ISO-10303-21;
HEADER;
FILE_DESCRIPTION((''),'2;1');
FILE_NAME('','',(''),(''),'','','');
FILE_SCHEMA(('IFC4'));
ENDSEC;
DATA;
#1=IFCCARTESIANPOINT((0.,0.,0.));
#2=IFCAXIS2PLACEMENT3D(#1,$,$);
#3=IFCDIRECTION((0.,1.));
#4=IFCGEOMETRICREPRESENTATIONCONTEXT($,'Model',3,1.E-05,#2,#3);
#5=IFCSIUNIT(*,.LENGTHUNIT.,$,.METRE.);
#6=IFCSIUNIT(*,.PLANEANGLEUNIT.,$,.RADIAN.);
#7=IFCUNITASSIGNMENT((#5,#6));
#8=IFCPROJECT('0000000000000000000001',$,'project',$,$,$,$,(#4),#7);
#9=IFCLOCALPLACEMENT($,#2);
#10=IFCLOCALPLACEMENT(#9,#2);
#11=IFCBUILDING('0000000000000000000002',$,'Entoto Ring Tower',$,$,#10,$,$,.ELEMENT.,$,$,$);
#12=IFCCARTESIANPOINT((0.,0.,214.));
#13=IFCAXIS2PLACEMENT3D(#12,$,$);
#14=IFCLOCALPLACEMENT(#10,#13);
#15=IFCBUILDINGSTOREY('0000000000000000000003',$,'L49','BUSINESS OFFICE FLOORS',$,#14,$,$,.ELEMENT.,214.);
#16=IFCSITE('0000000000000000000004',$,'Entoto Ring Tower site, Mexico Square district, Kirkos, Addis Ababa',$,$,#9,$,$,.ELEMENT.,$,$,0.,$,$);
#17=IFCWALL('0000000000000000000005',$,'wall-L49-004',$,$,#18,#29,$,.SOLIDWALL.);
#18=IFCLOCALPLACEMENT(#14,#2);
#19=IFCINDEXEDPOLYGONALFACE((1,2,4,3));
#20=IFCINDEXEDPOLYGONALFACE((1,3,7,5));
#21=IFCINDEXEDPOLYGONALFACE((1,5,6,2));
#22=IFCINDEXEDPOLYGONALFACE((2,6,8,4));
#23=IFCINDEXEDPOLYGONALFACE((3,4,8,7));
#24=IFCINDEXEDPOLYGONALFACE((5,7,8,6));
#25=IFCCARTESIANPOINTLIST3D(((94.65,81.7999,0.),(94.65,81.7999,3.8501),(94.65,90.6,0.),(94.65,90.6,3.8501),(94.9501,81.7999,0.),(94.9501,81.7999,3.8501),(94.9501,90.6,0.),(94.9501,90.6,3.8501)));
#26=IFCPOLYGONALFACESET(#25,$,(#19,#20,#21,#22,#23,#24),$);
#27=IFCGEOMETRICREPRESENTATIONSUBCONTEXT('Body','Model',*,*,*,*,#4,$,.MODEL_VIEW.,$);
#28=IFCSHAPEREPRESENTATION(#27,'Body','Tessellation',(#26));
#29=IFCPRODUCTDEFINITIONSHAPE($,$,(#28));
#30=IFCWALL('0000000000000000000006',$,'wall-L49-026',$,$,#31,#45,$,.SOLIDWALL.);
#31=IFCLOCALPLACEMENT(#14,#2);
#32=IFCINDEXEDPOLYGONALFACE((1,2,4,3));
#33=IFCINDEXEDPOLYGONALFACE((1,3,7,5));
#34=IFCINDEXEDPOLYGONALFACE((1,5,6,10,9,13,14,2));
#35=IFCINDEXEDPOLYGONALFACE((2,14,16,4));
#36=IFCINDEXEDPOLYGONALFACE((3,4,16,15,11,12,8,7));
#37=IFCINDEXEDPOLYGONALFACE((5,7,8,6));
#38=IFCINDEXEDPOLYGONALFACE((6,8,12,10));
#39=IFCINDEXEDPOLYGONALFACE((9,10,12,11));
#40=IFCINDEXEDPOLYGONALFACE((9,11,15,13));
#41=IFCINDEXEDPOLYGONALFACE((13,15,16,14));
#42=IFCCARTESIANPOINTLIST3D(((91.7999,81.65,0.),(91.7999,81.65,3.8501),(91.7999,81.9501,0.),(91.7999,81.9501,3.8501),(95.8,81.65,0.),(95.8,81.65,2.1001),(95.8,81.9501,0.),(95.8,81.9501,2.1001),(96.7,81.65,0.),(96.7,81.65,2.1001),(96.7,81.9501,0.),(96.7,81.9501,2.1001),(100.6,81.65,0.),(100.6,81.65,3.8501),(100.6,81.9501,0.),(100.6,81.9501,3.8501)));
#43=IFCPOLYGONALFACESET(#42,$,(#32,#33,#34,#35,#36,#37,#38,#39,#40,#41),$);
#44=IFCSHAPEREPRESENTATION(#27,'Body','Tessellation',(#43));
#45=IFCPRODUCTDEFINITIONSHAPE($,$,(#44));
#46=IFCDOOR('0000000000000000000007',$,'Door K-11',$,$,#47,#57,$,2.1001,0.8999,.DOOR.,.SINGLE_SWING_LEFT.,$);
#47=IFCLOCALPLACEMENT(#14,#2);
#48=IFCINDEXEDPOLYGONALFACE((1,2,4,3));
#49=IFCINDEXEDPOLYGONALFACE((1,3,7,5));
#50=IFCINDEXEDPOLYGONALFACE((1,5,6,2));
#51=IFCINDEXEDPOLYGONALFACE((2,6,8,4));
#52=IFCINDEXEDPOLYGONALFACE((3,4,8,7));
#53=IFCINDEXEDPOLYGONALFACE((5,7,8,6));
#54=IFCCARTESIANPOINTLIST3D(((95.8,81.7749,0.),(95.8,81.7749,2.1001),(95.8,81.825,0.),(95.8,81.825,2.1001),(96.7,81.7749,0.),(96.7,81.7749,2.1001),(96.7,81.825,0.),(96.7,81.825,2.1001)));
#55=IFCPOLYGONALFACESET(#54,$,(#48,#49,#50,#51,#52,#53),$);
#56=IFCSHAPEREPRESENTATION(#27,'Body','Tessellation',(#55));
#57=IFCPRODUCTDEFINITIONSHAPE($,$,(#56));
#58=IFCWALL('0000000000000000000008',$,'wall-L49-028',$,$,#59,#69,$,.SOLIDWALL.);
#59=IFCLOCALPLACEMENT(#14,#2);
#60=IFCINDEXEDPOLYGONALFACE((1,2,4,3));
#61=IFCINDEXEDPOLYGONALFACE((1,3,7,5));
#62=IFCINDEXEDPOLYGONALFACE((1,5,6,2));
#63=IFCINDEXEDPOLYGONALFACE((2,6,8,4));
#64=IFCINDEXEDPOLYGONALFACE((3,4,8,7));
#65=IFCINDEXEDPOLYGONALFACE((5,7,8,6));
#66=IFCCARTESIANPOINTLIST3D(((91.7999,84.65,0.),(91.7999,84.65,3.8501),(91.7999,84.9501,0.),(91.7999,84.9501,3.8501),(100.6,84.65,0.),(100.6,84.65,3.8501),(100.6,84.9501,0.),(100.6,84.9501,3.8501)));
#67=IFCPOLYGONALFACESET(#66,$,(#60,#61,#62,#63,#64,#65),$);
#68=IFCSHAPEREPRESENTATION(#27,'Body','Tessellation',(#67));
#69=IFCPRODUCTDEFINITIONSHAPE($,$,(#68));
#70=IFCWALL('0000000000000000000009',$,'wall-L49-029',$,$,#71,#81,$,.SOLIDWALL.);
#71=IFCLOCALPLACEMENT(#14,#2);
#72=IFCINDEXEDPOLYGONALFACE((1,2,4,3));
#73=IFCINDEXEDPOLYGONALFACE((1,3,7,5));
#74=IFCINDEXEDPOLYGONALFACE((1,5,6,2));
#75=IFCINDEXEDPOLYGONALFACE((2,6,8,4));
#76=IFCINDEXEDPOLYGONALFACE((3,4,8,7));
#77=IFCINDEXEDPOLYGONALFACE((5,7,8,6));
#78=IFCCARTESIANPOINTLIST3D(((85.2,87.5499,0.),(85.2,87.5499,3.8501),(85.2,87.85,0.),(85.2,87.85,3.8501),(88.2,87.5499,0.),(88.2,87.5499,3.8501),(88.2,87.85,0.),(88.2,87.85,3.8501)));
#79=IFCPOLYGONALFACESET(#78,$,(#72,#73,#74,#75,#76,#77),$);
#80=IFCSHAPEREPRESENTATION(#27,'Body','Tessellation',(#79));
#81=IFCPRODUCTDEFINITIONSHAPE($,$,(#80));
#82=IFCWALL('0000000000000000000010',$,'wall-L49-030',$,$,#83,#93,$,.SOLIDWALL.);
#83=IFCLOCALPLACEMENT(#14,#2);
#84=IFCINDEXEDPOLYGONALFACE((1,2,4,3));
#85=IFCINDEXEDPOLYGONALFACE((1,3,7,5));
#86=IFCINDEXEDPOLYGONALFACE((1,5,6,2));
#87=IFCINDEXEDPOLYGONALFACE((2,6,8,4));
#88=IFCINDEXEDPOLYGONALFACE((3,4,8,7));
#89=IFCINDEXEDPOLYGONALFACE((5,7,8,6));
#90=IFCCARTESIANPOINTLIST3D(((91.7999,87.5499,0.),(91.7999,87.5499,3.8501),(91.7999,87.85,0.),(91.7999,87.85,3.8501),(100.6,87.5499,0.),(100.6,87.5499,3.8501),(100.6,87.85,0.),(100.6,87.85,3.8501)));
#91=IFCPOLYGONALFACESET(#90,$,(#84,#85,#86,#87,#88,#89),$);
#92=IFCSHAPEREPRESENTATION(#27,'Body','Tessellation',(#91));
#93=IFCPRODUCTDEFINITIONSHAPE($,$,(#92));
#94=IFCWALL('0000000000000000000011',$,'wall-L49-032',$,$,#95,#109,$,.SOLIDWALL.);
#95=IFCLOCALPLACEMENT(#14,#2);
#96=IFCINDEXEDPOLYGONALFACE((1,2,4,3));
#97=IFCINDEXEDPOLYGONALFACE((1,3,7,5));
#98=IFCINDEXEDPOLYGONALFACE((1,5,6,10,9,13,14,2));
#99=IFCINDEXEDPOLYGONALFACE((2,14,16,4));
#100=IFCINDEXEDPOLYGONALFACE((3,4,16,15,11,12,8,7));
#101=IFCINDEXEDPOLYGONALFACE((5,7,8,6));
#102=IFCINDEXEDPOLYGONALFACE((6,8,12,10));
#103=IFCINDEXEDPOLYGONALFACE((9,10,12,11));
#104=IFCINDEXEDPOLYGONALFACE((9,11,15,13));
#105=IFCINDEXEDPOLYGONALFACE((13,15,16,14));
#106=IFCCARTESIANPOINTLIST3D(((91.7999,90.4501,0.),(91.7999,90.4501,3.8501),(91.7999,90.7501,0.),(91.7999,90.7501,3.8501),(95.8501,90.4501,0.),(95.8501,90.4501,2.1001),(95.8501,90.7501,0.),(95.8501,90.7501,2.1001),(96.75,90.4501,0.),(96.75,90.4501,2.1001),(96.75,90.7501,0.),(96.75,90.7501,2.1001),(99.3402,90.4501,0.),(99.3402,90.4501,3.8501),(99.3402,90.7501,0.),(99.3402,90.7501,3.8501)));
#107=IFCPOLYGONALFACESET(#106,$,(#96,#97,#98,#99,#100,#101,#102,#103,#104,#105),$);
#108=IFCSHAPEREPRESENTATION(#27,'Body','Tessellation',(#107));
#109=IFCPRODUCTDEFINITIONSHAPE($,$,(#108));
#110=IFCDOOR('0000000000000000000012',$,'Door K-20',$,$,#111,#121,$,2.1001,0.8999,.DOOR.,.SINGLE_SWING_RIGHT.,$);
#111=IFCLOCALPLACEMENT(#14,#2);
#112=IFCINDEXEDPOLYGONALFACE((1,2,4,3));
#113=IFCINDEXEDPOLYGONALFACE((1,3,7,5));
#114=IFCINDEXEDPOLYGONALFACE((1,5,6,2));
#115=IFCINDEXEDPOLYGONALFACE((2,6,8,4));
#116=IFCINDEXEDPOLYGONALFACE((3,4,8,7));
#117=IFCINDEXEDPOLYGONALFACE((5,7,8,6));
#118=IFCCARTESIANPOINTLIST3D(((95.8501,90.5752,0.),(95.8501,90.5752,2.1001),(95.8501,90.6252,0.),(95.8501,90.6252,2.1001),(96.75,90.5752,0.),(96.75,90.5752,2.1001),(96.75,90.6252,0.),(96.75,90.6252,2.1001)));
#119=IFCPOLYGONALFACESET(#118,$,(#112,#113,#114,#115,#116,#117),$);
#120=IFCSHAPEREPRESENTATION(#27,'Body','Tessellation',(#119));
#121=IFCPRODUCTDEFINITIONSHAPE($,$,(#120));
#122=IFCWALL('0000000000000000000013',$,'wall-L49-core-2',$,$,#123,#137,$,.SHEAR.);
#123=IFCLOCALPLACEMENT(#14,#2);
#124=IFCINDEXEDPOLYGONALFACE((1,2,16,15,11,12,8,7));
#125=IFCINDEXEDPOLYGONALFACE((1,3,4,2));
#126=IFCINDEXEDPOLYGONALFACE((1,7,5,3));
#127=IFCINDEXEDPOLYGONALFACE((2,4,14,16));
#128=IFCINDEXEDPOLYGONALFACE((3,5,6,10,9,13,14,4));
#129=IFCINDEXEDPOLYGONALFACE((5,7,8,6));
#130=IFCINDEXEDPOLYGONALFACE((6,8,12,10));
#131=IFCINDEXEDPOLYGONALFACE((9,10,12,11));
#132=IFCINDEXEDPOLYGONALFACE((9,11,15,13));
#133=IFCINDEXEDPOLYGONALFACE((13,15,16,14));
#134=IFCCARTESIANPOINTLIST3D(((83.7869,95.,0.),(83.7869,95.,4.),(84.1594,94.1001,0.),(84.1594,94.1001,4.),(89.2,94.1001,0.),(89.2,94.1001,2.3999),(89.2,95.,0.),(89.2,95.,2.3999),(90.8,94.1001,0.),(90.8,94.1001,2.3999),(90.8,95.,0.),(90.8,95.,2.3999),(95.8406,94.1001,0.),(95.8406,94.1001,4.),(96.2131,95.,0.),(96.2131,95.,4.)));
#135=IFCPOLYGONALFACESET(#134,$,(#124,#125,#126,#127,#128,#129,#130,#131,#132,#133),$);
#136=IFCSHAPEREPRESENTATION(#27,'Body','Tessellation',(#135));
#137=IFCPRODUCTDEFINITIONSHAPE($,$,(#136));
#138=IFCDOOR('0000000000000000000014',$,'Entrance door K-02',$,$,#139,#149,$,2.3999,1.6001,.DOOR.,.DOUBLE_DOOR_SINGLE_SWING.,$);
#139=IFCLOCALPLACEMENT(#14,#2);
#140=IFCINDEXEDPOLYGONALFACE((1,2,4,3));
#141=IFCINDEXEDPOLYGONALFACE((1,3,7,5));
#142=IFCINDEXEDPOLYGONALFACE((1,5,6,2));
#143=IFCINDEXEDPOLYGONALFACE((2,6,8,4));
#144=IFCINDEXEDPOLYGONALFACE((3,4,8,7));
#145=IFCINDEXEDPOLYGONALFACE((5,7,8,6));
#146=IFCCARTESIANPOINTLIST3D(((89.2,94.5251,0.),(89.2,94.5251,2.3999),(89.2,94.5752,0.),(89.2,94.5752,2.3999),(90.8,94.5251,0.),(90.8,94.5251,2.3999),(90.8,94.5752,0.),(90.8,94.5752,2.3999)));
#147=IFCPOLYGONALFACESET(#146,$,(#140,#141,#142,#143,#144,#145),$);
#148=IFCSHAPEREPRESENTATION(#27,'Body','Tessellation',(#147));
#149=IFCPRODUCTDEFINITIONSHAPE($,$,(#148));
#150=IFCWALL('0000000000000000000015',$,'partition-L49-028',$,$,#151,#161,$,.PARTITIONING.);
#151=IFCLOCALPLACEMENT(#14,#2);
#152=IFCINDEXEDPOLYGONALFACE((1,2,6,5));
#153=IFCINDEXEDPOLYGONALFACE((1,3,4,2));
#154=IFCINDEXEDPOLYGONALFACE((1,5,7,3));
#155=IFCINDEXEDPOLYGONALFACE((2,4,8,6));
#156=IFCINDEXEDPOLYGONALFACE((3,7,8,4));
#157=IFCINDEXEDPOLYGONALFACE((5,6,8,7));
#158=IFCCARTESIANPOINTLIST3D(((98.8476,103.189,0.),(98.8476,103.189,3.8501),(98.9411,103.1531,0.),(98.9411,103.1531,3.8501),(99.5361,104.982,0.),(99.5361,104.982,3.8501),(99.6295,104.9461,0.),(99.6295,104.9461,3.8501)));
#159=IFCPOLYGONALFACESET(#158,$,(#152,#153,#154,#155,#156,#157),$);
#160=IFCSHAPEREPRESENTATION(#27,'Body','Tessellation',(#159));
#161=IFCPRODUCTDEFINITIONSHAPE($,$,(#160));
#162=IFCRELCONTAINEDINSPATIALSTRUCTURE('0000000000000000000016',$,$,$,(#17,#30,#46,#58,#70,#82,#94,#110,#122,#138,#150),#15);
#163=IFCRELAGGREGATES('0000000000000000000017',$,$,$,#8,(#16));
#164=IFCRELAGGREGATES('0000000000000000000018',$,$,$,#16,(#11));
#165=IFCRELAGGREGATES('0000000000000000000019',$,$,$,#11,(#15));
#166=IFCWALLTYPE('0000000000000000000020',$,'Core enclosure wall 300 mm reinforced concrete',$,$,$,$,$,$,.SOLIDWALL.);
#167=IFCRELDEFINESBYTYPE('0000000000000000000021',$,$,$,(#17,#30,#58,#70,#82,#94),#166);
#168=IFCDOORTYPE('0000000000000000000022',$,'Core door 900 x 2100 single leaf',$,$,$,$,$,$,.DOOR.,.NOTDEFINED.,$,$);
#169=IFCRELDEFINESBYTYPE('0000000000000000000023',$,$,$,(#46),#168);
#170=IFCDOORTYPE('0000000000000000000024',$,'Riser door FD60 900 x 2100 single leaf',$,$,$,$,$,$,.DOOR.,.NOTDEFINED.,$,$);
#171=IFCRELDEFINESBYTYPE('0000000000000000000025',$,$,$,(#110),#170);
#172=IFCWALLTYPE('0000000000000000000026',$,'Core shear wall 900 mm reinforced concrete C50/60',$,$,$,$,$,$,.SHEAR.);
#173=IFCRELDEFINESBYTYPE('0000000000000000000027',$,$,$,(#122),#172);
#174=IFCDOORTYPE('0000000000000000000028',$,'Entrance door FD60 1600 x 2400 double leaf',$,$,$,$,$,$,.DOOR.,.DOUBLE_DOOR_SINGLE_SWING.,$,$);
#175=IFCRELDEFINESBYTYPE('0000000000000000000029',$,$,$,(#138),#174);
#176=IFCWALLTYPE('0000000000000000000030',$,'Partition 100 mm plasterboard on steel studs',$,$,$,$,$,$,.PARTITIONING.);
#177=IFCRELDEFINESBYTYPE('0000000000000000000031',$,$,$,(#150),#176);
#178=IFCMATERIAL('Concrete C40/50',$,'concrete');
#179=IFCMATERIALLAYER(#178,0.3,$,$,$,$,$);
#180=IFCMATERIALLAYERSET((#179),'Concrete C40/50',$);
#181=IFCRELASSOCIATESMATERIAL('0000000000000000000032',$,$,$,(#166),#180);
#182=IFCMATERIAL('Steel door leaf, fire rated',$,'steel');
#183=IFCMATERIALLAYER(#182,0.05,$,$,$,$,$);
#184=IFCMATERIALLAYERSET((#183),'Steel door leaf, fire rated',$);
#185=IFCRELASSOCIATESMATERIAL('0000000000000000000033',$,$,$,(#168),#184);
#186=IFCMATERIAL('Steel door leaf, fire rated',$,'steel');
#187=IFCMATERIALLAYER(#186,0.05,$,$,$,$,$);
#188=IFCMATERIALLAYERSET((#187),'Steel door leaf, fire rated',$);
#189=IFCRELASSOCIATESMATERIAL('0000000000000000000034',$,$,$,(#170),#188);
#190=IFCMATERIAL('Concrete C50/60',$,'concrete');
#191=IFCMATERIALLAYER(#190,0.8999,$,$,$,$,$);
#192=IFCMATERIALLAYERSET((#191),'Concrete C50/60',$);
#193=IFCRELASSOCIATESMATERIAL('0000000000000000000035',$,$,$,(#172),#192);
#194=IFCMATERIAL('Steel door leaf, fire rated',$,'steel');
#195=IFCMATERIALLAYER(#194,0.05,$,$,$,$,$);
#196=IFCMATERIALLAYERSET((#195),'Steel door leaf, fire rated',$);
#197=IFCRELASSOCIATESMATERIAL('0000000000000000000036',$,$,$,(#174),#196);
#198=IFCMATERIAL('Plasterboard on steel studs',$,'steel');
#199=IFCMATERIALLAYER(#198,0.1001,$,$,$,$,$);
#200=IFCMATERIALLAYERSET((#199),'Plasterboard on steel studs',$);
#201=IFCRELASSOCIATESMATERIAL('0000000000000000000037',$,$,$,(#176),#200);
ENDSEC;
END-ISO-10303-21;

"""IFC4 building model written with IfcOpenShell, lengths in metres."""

from ifc_helpers import new_model, si_unit, direction, frame, frame_2d, origin, place, context, subcontext, project, spatial, polyline, rectangle, outline, extrude, material, layer, layer_set, type_object, element, fill, save


model = new_model("IFC4")

# Units and contexts
model_context = context("Model", 3, precision=1e-05, world=origin(), true_north=direction((0.0, 1.0)))
body_context = subcontext(model_context, "Body", "Model", "MODEL_VIEW")
ifc_project = project(units=[si_unit("LENGTHUNIT", "METRE"), si_unit("PLANEANGLEUNIT", "RADIAN")], contexts=[model_context])

# Site, building, storey
site_placement = place(None, origin())
site = spatial("IfcSite", under=ifc_project, at=site_placement, Name="Entoto Ring Tower site, Mexico Square district, Kirkos, Addis Ababa", CompositionType="ELEMENT", RefElevation=0.0)
building_placement = place(site_placement, origin())
building = spatial("IfcBuilding", under=site, at=building_placement, Name="Entoto Ring Tower", CompositionType="ELEMENT")
storey_placement = place(building_placement, frame((0.0, 0.0, 214.0)))
storey = spatial("IfcBuildingStorey", under=building, at=storey_placement, Name="L49", Description="BUSINESS OFFICE FLOORS", CompositionType="ELEMENT", Elevation=214.0)

# Wall
ifc_material_1 = material(Name="Concrete C40/50", Category="concrete")
ifc_layer_1 = layer(ifc_material_1, 0.3)
ifc_layer_set_1 = layer_set([ifc_layer_1], Name="Concrete C40/50")
wall_type_1 = type_object("IfcWallType", Name="Core enclosure wall 300 mm reinforced concrete", PredefinedType="SOLIDWALL", material=ifc_layer_set_1)
wall_1_placement = place(storey_placement, frame((94.8, 81.8, 0.0), z_axis=(0.0, 0.0, 1.0), x_axis=(0.0, 1.0, 0.0)))
element("IfcWall", 1, at=wall_1_placement, inside=storey, type_object=wall_type_1, Name="wall-L49-004", PredefinedType="SOLIDWALL", context=body_context, shape_type="SweptSolid", body=[
    extrude(rectangle(XDim=8.8, YDim=0.3, at=frame_2d((4.3999, 0.0))), origin(), (0.0, 0.0, 1.0), 3.8501),
])

# Wall, opening, door
wall_2_placement = place(storey_placement, frame((91.8, 81.8, 0.0), z_axis=(0.0, 0.0, 1.0), x_axis=(1.0, 0.0, 0.0)))
wall_2 = element("IfcWall", 2, at=wall_2_placement, inside=storey, type_object=wall_type_1, Name="wall-L49-026", PredefinedType="SOLIDWALL", context=body_context, shape_type="SweptSolid", body=[
    extrude(rectangle(XDim=8.8, YDim=0.3, at=frame_2d((4.3999, 0.0))), origin(), (0.0, 0.0, 1.0), 3.8501),
])
opening_1_placement = place(wall_2_placement, frame((4.0, 0.0, 0.0)))
opening_1 = element("IfcOpeningElement", 3, at=opening_1_placement, cuts=wall_2, PredefinedType="OPENING", context=body_context, shape_type="SweptSolid", body=[
    extrude(rectangle(XDim=0.8999, YDim=2.1001, at=frame_2d((0.45, 1.05))), frame((0.0, 0.1602, 0.0), z_axis=(0.0, -1.0, 0.0), x_axis=(1.0, 0.0, 0.0)), (0.0, 0.0, 1.0), 0.3201),
])
ifc_material_2 = material(Name="Steel door leaf, fire rated", Category="steel")
ifc_layer_2 = layer(ifc_material_2, 0.05)
ifc_layer_set_2 = layer_set([ifc_layer_2], Name="Steel door leaf, fire rated")
door_type_1 = type_object("IfcDoorType", Name="Core door 900 x 2100 single leaf", OperationType="NOTDEFINED", PredefinedType="DOOR", material=ifc_layer_set_2)
door_1_placement = place(opening_1_placement, origin())
door_1 = element("IfcDoor", 4, at=door_1_placement, inside=storey, type_object=door_type_1, Name="Door K-11", OperationType="SINGLE_SWING_LEFT", OverallHeight=2.1001, OverallWidth=0.8999, PredefinedType="DOOR", context=body_context, shape_type="SweptSolid", body=[
    extrude(rectangle(XDim=0.8999, YDim=2.1001, at=frame_2d((0.45, 1.05))), frame((0.0, 0.0249, 0.0), z_axis=(0.0, -1.0, 0.0), x_axis=(1.0, 0.0, 0.0)), (0.0, 0.0, 1.0), 0.05),
])
fill(opening_1, door_1)

# Walls
wall_3_placement = place(storey_placement, frame((91.8, 84.8, 0.0), z_axis=(0.0, 0.0, 1.0), x_axis=(1.0, 0.0, 0.0)))
element("IfcWall", 5, at=wall_3_placement, inside=storey, type_object=wall_type_1, Name="wall-L49-028", PredefinedType="SOLIDWALL", context=body_context, shape_type="SweptSolid", body=[
    extrude(rectangle(XDim=8.8, YDim=0.3, at=frame_2d((4.3999, 0.0))), origin(), (0.0, 0.0, 1.0), 3.8501),
])
wall_4_placement = place(storey_placement, frame((85.2, 87.7, 0.0), z_axis=(0.0, 0.0, 1.0), x_axis=(1.0, 0.0, 0.0)))
element("IfcWall", 6, at=wall_4_placement, inside=storey, type_object=wall_type_1, Name="wall-L49-029", PredefinedType="SOLIDWALL", context=body_context, shape_type="SweptSolid", body=[
    extrude(rectangle(XDim=3.0, YDim=0.3, at=frame_2d((1.5, 0.0))), origin(), (0.0, 0.0, 1.0), 3.8501),
])
wall_5_placement = place(storey_placement, frame((91.8, 87.7, 0.0), z_axis=(0.0, 0.0, 1.0), x_axis=(1.0, 0.0, 0.0)))
element("IfcWall", 7, at=wall_5_placement, inside=storey, type_object=wall_type_1, Name="wall-L49-030", PredefinedType="SOLIDWALL", context=body_context, shape_type="SweptSolid", body=[
    extrude(rectangle(XDim=8.8, YDim=0.3, at=frame_2d((4.3999, 0.0))), origin(), (0.0, 0.0, 1.0), 3.8501),
])

# Walls, openings, doors
wall_6_placement = place(storey_placement, frame((91.8, 90.6001, 0.0), z_axis=(0.0, 0.0, 1.0), x_axis=(1.0, 0.0, 0.0)))
wall_6 = element("IfcWall", 8, at=wall_6_placement, inside=storey, type_object=wall_type_1, Name="wall-L49-032", PredefinedType="SOLIDWALL", context=body_context, shape_type="SweptSolid", body=[
    extrude(rectangle(XDim=7.5403, YDim=0.3, at=frame_2d((3.77, 0.0))), origin(), (0.0, 0.0, 1.0), 3.8501),
])
opening_2_placement = place(wall_6_placement, frame((4.05, 0.0, 0.0)))
opening_2 = element("IfcOpeningElement", 9, at=opening_2_placement, cuts=wall_6, PredefinedType="OPENING", context=body_context, shape_type="SweptSolid", body=[
    extrude(rectangle(XDim=0.8999, YDim=2.1001, at=frame_2d((0.45, 1.05))), frame((0.0, 0.1602, 0.0), z_axis=(0.0, -1.0, 0.0), x_axis=(1.0, 0.0, 0.0)), (0.0, 0.0, 1.0), 0.3201),
])
ifc_material_3 = material(Name="Steel door leaf, fire rated", Category="steel")
ifc_layer_3 = layer(ifc_material_3, 0.05)
ifc_layer_set_3 = layer_set([ifc_layer_3], Name="Steel door leaf, fire rated")
door_type_2 = type_object("IfcDoorType", Name="Riser door FD60 900 x 2100 single leaf", OperationType="NOTDEFINED", PredefinedType="DOOR", material=ifc_layer_set_3)
door_2_placement = place(opening_2_placement, frame((0.8999, 0.0, 0.0), z_axis=(0.0, 0.0, 1.0), x_axis=(-1.0, 0.0, 0.0)))
door_2 = element("IfcDoor", 10, at=door_2_placement, inside=storey, type_object=door_type_2, Name="Door K-20", OperationType="SINGLE_SWING_RIGHT", OverallHeight=2.1001, OverallWidth=0.8999, PredefinedType="DOOR", context=body_context, shape_type="SweptSolid", body=[
    extrude(rectangle(XDim=0.8999, YDim=2.1001, at=frame_2d((0.45, 1.05))), frame((0.0, 0.0249, 0.0), z_axis=(0.0, -1.0, 0.0), x_axis=(1.0, 0.0, 0.0)), (0.0, 0.0, 1.0), 0.05),
])
fill(opening_2, door_2)
ifc_material_4 = material(Name="Concrete C50/60", Category="concrete")
ifc_layer_4 = layer(ifc_material_4, 0.8999)
ifc_layer_set_4 = layer_set([ifc_layer_4], Name="Concrete C50/60")
wall_type_2 = type_object("IfcWallType", Name="Core shear wall 900 mm reinforced concrete C50/60", PredefinedType="SHEAR", material=ifc_layer_set_4)
wall_7_placement = place(storey_placement, frame((96.0269, 94.55, 0.0), z_axis=(0.0, 0.0, 1.0), x_axis=(-1.0, 0.0, 0.0)))
wall_7 = element("IfcWall", 11, at=wall_7_placement, inside=storey, type_object=wall_type_2, Name="wall-L49-core-2", PredefinedType="SHEAR", context=body_context, shape_type="SweptSolid", body=[
    extrude(outline(polyline([(-0.1863, -0.45), (12.24, -0.45), (11.8674, 0.45), (0.1863, 0.45), (-0.1863, -0.45)])), origin(), (0.0, 0.0, 1.0), 4.0),
])
opening_3_placement = place(wall_7_placement, frame((5.2268, 0.0, 0.0)))
opening_3 = element("IfcOpeningElement", 12, at=opening_3_placement, cuts=wall_7, PredefinedType="OPENING", context=body_context, shape_type="SweptSolid", body=[
    extrude(rectangle(XDim=1.6001, YDim=2.3999, at=frame_2d((0.8, 1.2))), frame((0.0, 0.46, 0.0), z_axis=(0.0, -1.0, 0.0), x_axis=(1.0, 0.0, 0.0)), (0.0, 0.0, 1.0), 0.9199),
])
ifc_material_5 = material(Name="Steel door leaf, fire rated", Category="steel")
ifc_layer_5 = layer(ifc_material_5, 0.05)
ifc_layer_set_5 = layer_set([ifc_layer_5], Name="Steel door leaf, fire rated")
door_type_3 = type_object("IfcDoorType", Name="Entrance door FD60 1600 x 2400 double leaf", OperationType="DOUBLE_DOOR_SINGLE_SWING", PredefinedType="DOOR", material=ifc_layer_set_5)
door_3_placement = place(opening_3_placement, origin())
door_3 = element("IfcDoor", 13, at=door_3_placement, inside=storey, type_object=door_type_3, Name="Entrance door K-02", OperationType="DOUBLE_DOOR_SINGLE_SWING", OverallHeight=2.3999, OverallWidth=1.6001, PredefinedType="DOOR", context=body_context, shape_type="SweptSolid", body=[
    extrude(rectangle(XDim=1.6001, YDim=2.3999, at=frame_2d((0.8, 1.2))), frame((0.0, 0.0249, 0.0), z_axis=(0.0, -1.0, 0.0), x_axis=(1.0, 0.0, 0.0)), (0.0, 0.0, 1.0), 0.05),
])
fill(opening_3, door_3)

# Wall
ifc_material_6 = material(Name="Plasterboard on steel studs", Category="steel")
ifc_layer_6 = layer(ifc_material_6, 0.1001)
ifc_layer_set_6 = layer_set([ifc_layer_6], Name="Plasterboard on steel studs")
wall_type_3 = type_object("IfcWallType", Name="Partition 100 mm plasterboard on steel studs", PredefinedType="PARTITIONING", material=ifc_layer_set_6)
wall_8_placement = place(storey_placement, frame((98.8943, 103.1709, 0.0), z_axis=(0.0, 0.0, 1.0), x_axis=(0.358468, 0.933542, 0.0)))
element("IfcWall", 14, at=wall_8_placement, inside=storey, type_object=wall_type_3, Name="partition-L49-028", PredefinedType="PARTITIONING", context=body_context, shape_type="SweptSolid", body=[
    extrude(rectangle(XDim=1.9207, YDim=0.1001, at=frame_2d((0.9604, 0.0))), origin(), (0.0, 0.0, 1.0), 3.8501),
])

save(model, "model.ifc")
